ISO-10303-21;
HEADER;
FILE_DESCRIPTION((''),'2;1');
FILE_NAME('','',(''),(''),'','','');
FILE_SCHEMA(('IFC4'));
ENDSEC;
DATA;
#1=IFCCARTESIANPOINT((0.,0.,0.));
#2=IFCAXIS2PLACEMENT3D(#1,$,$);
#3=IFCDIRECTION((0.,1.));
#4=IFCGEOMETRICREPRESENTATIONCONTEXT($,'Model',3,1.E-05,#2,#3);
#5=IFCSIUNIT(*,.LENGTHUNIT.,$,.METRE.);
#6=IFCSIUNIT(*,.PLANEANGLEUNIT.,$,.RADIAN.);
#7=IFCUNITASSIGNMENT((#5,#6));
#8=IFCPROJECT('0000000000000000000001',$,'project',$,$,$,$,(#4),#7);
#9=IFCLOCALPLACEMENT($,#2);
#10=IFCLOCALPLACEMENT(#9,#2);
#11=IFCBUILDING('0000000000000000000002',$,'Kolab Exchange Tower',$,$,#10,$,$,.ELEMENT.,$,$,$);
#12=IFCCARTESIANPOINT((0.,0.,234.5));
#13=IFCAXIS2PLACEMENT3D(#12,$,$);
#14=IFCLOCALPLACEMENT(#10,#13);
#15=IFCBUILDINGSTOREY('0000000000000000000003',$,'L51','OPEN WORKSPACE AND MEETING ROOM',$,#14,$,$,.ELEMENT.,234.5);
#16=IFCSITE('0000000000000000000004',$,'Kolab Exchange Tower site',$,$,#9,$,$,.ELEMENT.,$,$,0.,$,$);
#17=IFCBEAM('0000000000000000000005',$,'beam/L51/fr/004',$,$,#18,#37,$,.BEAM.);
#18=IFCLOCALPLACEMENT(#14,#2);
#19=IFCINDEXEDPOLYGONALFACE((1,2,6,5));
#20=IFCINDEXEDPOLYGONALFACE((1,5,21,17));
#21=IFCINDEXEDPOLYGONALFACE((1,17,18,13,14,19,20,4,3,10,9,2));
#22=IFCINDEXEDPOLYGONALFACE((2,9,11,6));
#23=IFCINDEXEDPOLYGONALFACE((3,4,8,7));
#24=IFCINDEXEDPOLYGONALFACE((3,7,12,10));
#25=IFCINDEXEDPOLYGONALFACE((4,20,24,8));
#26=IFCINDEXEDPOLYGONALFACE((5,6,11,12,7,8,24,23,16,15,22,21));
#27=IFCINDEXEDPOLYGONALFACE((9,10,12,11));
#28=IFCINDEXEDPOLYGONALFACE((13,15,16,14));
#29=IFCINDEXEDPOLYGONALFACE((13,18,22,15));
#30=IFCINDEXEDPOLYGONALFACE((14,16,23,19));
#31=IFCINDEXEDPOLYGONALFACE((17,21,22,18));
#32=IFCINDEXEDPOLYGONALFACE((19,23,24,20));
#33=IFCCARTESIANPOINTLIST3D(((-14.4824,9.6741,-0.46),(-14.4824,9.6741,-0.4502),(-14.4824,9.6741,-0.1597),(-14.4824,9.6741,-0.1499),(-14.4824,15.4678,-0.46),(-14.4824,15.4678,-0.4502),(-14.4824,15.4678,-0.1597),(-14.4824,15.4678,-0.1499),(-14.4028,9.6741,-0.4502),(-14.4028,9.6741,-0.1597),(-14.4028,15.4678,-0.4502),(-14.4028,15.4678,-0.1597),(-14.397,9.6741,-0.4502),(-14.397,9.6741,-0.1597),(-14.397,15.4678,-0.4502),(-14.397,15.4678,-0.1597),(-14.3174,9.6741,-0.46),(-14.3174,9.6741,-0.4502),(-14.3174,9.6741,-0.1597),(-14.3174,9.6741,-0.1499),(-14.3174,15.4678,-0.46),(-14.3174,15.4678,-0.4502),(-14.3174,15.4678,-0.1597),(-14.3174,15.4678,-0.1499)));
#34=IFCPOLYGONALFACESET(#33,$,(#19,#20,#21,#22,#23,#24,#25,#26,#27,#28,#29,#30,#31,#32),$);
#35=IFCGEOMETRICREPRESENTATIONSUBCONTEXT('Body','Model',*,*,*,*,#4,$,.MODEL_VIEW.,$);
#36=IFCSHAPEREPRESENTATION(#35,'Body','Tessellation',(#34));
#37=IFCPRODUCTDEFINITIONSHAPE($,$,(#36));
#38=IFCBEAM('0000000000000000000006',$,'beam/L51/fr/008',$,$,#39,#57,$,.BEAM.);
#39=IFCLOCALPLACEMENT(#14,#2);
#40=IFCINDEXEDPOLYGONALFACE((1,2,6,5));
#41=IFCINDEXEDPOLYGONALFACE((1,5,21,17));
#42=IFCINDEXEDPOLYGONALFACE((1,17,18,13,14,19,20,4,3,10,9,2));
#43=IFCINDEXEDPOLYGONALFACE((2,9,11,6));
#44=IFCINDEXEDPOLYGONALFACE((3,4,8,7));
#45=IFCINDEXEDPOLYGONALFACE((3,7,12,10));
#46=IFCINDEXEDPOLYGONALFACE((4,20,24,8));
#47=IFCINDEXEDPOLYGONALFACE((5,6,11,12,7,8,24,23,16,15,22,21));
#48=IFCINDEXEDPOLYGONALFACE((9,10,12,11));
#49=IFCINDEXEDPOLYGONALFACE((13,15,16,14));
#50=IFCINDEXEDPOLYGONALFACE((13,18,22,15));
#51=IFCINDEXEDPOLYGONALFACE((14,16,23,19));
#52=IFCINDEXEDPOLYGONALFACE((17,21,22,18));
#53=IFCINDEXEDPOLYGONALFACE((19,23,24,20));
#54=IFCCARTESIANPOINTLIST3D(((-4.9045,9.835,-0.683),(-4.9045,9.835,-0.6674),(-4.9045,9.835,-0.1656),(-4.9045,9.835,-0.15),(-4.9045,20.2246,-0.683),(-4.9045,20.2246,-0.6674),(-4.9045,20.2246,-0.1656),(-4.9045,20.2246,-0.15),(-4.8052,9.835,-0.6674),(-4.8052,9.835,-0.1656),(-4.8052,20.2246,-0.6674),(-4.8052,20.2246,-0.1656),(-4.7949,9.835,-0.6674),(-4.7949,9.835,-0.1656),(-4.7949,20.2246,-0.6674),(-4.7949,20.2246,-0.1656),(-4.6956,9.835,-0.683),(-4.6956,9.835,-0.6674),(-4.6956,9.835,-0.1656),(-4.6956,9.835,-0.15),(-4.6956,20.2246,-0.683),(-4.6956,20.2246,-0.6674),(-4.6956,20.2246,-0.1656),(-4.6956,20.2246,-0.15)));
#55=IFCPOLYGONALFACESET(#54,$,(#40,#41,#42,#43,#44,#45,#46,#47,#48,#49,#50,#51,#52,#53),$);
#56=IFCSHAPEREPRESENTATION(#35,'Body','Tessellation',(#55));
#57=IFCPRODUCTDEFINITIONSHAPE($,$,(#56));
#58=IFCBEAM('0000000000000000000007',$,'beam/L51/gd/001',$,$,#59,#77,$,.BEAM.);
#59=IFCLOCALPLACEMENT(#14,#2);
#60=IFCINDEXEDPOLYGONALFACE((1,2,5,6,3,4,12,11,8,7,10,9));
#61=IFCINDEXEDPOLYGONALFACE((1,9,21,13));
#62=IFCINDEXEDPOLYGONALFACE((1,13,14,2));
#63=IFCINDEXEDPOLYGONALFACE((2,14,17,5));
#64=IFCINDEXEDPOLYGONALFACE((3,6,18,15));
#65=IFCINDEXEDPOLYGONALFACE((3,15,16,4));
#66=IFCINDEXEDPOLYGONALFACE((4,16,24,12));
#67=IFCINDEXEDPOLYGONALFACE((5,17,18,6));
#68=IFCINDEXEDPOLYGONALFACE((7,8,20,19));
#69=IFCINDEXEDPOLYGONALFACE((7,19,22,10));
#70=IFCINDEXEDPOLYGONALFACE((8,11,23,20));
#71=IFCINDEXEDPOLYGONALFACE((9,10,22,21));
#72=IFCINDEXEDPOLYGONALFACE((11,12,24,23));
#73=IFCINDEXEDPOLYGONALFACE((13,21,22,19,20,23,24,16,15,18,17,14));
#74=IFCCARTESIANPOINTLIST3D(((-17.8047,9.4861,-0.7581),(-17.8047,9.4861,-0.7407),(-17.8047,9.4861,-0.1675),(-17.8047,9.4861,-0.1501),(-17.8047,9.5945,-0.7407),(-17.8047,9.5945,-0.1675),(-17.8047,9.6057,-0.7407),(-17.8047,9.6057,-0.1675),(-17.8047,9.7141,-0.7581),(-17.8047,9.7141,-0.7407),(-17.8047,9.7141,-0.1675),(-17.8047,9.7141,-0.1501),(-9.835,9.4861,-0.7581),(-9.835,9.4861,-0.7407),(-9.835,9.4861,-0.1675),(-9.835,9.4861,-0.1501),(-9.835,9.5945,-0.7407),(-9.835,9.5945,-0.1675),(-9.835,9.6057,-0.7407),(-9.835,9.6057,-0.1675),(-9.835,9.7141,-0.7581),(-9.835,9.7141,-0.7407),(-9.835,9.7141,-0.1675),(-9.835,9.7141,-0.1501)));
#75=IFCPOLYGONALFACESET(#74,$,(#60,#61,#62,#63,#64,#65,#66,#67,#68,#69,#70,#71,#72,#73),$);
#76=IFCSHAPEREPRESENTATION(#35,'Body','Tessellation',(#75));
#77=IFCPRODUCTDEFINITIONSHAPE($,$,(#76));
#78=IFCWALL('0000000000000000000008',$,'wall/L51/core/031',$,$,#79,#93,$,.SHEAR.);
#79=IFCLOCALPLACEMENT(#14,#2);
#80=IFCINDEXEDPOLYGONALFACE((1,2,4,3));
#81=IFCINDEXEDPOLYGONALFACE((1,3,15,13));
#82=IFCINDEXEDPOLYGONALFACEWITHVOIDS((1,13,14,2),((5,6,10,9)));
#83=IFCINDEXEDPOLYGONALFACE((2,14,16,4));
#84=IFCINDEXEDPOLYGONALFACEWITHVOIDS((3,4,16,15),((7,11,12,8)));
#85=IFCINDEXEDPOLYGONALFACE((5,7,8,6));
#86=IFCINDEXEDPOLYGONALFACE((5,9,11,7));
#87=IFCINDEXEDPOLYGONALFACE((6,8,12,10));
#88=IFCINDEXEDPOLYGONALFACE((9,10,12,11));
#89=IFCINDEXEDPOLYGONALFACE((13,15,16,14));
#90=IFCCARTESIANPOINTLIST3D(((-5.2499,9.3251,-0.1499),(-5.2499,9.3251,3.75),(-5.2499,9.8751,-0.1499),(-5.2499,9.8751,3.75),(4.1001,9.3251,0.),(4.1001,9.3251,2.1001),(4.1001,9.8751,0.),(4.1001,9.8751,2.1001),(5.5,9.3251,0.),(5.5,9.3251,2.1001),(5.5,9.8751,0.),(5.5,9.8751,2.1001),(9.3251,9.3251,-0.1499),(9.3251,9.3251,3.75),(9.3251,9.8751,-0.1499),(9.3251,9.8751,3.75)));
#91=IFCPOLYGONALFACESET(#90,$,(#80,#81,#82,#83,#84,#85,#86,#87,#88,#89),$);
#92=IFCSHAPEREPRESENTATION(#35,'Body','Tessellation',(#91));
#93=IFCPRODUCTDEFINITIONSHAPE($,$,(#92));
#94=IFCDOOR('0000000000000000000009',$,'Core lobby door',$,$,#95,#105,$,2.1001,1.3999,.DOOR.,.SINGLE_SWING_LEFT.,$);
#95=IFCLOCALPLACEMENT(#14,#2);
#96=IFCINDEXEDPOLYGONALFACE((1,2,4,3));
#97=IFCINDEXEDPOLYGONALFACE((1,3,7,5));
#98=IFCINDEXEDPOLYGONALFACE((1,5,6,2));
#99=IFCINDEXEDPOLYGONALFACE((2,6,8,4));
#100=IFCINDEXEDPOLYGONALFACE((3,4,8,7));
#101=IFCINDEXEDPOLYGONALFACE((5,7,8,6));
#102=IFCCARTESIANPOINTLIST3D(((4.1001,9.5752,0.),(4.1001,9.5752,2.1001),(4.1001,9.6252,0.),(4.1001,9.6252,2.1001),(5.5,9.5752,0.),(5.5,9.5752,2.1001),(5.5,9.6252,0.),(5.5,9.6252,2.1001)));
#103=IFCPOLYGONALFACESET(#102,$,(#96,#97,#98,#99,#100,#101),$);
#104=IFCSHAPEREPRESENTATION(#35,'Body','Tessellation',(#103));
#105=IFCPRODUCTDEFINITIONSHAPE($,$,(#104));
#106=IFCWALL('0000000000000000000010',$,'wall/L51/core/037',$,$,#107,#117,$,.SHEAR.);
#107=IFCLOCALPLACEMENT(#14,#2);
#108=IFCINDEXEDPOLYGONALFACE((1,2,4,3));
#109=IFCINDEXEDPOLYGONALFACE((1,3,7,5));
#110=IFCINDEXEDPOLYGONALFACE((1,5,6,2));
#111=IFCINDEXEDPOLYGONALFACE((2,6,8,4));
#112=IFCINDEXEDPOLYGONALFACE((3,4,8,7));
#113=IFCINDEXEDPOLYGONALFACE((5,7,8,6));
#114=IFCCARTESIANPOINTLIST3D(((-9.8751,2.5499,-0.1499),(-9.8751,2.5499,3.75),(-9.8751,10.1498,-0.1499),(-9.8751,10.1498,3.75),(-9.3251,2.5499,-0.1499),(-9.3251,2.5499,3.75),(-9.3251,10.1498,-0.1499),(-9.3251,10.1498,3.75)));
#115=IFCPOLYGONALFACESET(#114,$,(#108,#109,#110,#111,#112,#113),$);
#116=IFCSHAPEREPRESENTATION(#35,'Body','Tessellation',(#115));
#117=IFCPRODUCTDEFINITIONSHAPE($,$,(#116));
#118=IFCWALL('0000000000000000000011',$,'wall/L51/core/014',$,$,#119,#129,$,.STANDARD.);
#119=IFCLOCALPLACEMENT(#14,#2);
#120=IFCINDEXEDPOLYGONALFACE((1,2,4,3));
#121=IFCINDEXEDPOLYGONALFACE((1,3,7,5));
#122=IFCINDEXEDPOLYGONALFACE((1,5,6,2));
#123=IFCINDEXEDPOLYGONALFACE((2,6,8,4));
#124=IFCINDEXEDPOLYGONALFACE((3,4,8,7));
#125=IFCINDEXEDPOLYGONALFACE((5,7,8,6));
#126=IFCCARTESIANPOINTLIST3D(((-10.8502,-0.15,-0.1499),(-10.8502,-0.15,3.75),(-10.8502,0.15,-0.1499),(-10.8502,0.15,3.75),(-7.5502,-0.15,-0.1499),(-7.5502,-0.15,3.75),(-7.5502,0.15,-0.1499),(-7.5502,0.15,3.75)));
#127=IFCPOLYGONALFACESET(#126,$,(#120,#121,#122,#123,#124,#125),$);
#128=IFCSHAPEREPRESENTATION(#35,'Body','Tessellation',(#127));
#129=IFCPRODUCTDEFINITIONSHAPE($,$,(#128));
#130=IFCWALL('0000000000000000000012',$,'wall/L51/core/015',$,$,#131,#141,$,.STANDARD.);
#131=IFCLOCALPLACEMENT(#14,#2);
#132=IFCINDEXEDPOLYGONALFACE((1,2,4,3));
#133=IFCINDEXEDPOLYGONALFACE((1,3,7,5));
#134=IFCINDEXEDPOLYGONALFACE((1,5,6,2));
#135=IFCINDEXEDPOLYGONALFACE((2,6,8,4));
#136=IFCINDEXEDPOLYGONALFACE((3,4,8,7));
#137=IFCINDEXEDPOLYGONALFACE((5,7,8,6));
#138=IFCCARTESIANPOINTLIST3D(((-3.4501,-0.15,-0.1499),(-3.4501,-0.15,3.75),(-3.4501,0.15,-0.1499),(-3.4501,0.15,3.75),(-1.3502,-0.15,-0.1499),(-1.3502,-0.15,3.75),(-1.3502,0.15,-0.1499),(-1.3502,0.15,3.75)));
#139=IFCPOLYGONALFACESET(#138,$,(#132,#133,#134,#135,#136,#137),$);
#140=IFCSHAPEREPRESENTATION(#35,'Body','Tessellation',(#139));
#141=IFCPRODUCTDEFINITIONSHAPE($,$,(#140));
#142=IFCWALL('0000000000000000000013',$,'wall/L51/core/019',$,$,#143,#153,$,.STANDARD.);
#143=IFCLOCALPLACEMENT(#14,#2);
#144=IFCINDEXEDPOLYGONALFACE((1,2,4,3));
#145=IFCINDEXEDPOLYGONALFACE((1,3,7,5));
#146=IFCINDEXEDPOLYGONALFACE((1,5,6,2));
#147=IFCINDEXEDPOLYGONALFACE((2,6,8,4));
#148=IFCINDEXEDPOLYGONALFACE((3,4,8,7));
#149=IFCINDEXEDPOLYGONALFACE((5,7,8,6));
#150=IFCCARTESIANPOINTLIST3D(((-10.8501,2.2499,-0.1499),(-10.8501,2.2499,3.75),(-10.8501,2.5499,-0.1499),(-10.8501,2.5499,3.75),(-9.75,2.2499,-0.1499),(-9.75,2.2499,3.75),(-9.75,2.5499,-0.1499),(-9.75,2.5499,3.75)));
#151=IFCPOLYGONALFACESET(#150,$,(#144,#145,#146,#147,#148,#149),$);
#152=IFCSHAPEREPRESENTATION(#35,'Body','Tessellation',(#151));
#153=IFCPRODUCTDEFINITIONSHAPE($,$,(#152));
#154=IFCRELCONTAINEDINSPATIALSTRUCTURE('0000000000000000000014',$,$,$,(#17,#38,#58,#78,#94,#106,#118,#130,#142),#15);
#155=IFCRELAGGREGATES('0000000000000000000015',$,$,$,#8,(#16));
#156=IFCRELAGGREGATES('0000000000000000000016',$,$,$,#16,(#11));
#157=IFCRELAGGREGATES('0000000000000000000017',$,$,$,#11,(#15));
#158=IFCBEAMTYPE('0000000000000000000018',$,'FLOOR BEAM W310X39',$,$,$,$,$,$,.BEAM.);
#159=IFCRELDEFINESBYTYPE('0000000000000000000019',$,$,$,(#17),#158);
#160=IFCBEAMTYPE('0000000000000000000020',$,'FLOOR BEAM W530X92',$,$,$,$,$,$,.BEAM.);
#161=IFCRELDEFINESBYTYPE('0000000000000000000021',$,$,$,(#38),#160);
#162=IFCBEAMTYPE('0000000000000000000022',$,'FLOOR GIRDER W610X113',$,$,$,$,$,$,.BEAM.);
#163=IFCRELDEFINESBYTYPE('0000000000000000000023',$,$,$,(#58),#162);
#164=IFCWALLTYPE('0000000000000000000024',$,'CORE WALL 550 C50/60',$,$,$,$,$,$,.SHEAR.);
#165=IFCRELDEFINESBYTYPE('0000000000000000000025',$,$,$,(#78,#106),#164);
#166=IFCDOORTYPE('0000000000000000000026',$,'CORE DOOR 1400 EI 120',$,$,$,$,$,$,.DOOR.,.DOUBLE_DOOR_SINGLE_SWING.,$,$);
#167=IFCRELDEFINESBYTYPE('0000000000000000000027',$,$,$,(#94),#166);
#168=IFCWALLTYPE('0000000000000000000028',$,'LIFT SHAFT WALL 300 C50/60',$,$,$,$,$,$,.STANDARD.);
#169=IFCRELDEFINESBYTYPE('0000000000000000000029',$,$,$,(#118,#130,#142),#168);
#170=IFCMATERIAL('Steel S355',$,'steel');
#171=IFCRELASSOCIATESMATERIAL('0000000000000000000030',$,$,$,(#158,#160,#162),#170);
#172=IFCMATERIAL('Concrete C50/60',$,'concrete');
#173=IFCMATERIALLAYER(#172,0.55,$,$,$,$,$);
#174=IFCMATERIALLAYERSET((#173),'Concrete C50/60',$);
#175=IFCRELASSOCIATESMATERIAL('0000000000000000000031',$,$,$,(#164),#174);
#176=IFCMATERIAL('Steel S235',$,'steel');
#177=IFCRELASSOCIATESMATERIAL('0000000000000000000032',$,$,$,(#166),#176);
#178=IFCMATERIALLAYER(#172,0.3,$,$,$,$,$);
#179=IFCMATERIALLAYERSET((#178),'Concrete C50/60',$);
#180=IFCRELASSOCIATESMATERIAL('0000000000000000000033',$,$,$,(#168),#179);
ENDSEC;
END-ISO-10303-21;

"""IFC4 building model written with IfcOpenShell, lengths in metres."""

from ifc_helpers import new_model, si_unit, direction, frame, frame_2d, origin, origin_2d, place, context, subcontext, project, spatial, rectangle, i_section, extrude, material, layer, layer_set, material_profile, profile_set, type_object, element, fill, save


model = new_model("IFC4")

# Units and contexts
model_context = context("Model", 3, precision=1e-05, world=origin(), true_north=direction((0.0, 1.0)))
body_context = subcontext(model_context, "Body", "Model", "MODEL_VIEW")
ifc_project = project(units=[si_unit("LENGTHUNIT", "METRE"), si_unit("PLANEANGLEUNIT", "RADIAN")], contexts=[model_context])

# Site, building, storey
site_placement = place(None, origin())
site = spatial("IfcSite", under=ifc_project, at=site_placement, Name="Kolab Exchange Tower site", CompositionType="ELEMENT", RefElevation=0.0)
building_placement = place(site_placement, origin())
building = spatial("IfcBuilding", under=site, at=building_placement, Name="Kolab Exchange Tower", CompositionType="ELEMENT")
storey_placement = place(building_placement, frame((0.0, 0.0, 234.5)))
storey = spatial("IfcBuildingStorey", under=building, at=storey_placement, Name="L51", Description="OPEN WORKSPACE AND MEETING ROOM", CompositionType="ELEMENT", Elevation=234.5)

# Beams
ifc_material_1 = material(Name="Steel S355", Category="steel")
ifc_material_profile_1 = material_profile(ifc_material_1, i_section(OverallWidth=0.165, OverallDepth=0.3101, WebThickness=0.0059, FlangeThickness=0.0098, at=origin_2d()), Name="W310X39")
ifc_profile_set_1 = profile_set([ifc_material_profile_1], Name="Steel S355")
beam_type_1 = type_object("IfcBeamType", Name="FLOOR BEAM W310X39", PredefinedType="BEAM", material=ifc_profile_set_1)
beam_1_placement = place(storey_placement, frame((-14.3999, 9.6741, -0.3049), z_axis=(0.0, 1.0, 0.0), x_axis=(-1.0, 0.0, 0.0)))
element("IfcBeam", 1, at=beam_1_placement, inside=storey, type_object=beam_type_1, Name="beam/L51/fr/004", PredefinedType="BEAM", context=body_context, shape_type="SweptSolid", body=[
    extrude(i_section(OverallWidth=0.165, OverallDepth=0.3101, WebThickness=0.0059, FlangeThickness=0.0098, at=origin_2d()), origin(), (0.0, 0.0, 1.0), 5.7937),
])
ifc_material_profile_2 = material_profile(ifc_material_1, i_section(OverallWidth=0.209, OverallDepth=0.533, WebThickness=0.0103, FlangeThickness=0.0156, at=origin_2d()), Name="W530X92")
ifc_profile_set_2 = profile_set([ifc_material_profile_2], Name="Steel S355")
beam_type_2 = type_object("IfcBeamType", Name="FLOOR BEAM W530X92", PredefinedType="BEAM", material=ifc_profile_set_2)
beam_2_placement = place(storey_placement, frame((-4.8, 9.835, -0.4165), z_axis=(0.0, 1.0, 0.0), x_axis=(-1.0, 0.0, 0.0)))
element("IfcBeam", 2, at=beam_2_placement, inside=storey, type_object=beam_type_2, Name="beam/L51/fr/008", PredefinedType="BEAM", context=body_context, shape_type="SweptSolid", body=[
    extrude(i_section(OverallWidth=0.209, OverallDepth=0.533, WebThickness=0.0103, FlangeThickness=0.0156, at=origin_2d()), origin(), (0.0, 0.0, 1.0), 10.3896),
])
ifc_material_profile_3 = material_profile(ifc_material_1, i_section(OverallWidth=0.228, OverallDepth=0.6079, WebThickness=0.0112, FlangeThickness=0.0173, at=origin_2d()), Name="W610X113")
ifc_profile_set_3 = profile_set([ifc_material_profile_3], Name="Steel S355")
beam_type_3 = type_object("IfcBeamType", Name="FLOOR GIRDER W610X113", PredefinedType="BEAM", material=ifc_profile_set_3)
beam_3_placement = place(storey_placement, frame((-17.8047, 9.6001, -0.4541), z_axis=(1.0, 0.0, 0.0), x_axis=(0.0, 1.0, 0.0)))
element("IfcBeam", 3, at=beam_3_placement, inside=storey, type_object=beam_type_3, Name="beam/L51/gd/001", PredefinedType="BEAM", context=body_context, shape_type="SweptSolid", body=[
    extrude(i_section(OverallWidth=0.228, OverallDepth=0.6079, WebThickness=0.0112, FlangeThickness=0.0173, at=origin_2d()), origin(), (0.0, 0.0, 1.0), 7.9697),
])

# Wall, opening, door
ifc_material_2 = material(Name="Concrete C50/60", Category="concrete")
ifc_layer_1 = layer(ifc_material_2, 0.55)
ifc_layer_set_1 = layer_set([ifc_layer_1], Name="Concrete C50/60")
wall_type_1 = type_object("IfcWallType", Name="CORE WALL 550 C50/60", PredefinedType="SHEAR", material=ifc_layer_set_1)
wall_1_placement = place(storey_placement, frame((-5.25, 9.6001, -0.1499), z_axis=(0.0, 0.0, 1.0), x_axis=(1.0, 0.0, 0.0)))
wall_1 = element("IfcWall", 4, at=wall_1_placement, inside=storey, type_object=wall_type_1, Name="wall/L51/core/031", PredefinedType="SHEAR", context=body_context, shape_type="SweptSolid", body=[
    extrude(rectangle(XDim=14.575, YDim=0.55, at=frame_2d((7.2876, 0.0))), origin(), (0.0, 0.0, 1.0), 3.8999),
])
opening_1_placement = place(wall_1_placement, frame((9.3501, 0.0, 0.1499)))
opening_1 = element("IfcOpeningElement", 5, at=opening_1_placement, cuts=wall_1, PredefinedType="OPENING", context=body_context, shape_type="SweptSolid", body=[
    extrude(rectangle(XDim=1.3999, YDim=2.1001, at=frame_2d((0.7, 1.05))), frame((0.0, 0.2852, 0.0), z_axis=(0.0, -1.0, 0.0), x_axis=(1.0, 0.0, 0.0)), (0.0, 0.0, 1.0), 0.5701),
])
ifc_material_3 = material(Name="Steel S235", Category="steel")
door_type_1 = type_object("IfcDoorType", Name="CORE DOOR 1400 EI 120", OperationType="DOUBLE_DOOR_SINGLE_SWING", PredefinedType="DOOR", material=ifc_material_3)
door_1_placement = place(opening_1_placement, frame((1.3999, 0.0, 0.0), z_axis=(0.0, 0.0, 1.0), x_axis=(-1.0, 0.0, 0.0)))
door_1 = element("IfcDoor", 6, at=door_1_placement, inside=storey, type_object=door_type_1, Name="Core lobby door", OperationType="SINGLE_SWING_LEFT", OverallHeight=2.1001, OverallWidth=1.3999, PredefinedType="DOOR", context=body_context, shape_type="SweptSolid", body=[
    extrude(rectangle(XDim=1.3999, YDim=2.1001, at=frame_2d((0.7, 1.05))), frame((0.0, 0.0249, 0.0), z_axis=(0.0, -1.0, 0.0), x_axis=(1.0, 0.0, 0.0)), (0.0, 0.0, 1.0), 0.05),
])
fill(opening_1, door_1)

# Walls
wall_2_placement = place(storey_placement, frame((-9.6001, 2.55, -0.1499), z_axis=(0.0, 0.0, 1.0), x_axis=(0.0, 1.0, 0.0)))
element("IfcWall", 7, at=wall_2_placement, inside=storey, type_object=wall_type_1, Name="wall/L51/core/037", PredefinedType="SHEAR", context=body_context, shape_type="SweptSolid", body=[
    extrude(rectangle(XDim=7.5999, YDim=0.55, at=frame_2d((3.7998, 0.0))), origin(), (0.0, 0.0, 1.0), 3.8999),
])
ifc_layer_2 = layer(ifc_material_2, 0.3)
ifc_layer_set_2 = layer_set([ifc_layer_2], Name="Concrete C50/60")
wall_type_2 = type_object("IfcWallType", Name="LIFT SHAFT WALL 300 C50/60", PredefinedType="STANDARD", material=ifc_layer_set_2)
wall_3_placement = place(storey_placement, frame((-10.8501, 0.0, -0.1499), z_axis=(0.0, 0.0, 1.0), x_axis=(1.0, 0.0, 0.0)))
element("IfcWall", 8, at=wall_3_placement, inside=storey, type_object=wall_type_2, Name="wall/L51/core/014", PredefinedType="STANDARD", context=body_context, shape_type="SweptSolid", body=[
    extrude(rectangle(XDim=3.3, YDim=0.3, at=frame_2d((1.6499, 0.0))), origin(), (0.0, 0.0, 1.0), 3.8999),
])
wall_4_placement = place(storey_placement, frame((-3.45, 0.0, -0.1499), z_axis=(0.0, 0.0, 1.0), x_axis=(1.0, 0.0, 0.0)))
element("IfcWall", 9, at=wall_4_placement, inside=storey, type_object=wall_type_2, Name="wall/L51/core/015", PredefinedType="STANDARD", context=body_context, shape_type="SweptSolid", body=[
    extrude(rectangle(XDim=2.0999, YDim=0.3, at=frame_2d((1.0498, 0.0))), origin(), (0.0, 0.0, 1.0), 3.8999),
])
wall_5_placement = place(storey_placement, frame((-10.8501, 2.3999, -0.1499), z_axis=(0.0, 0.0, 1.0), x_axis=(1.0, 0.0, 0.0)))
element("IfcWall", 10, at=wall_5_placement, inside=storey, type_object=wall_type_2, Name="wall/L51/core/019", PredefinedType="STANDARD", context=body_context, shape_type="SweptSolid", body=[
    extrude(rectangle(XDim=1.1001, YDim=0.3, at=frame_2d((0.55, 0.0))), origin(), (0.0, 0.0, 1.0), 3.8999),
])

save(model, "model.ifc")
